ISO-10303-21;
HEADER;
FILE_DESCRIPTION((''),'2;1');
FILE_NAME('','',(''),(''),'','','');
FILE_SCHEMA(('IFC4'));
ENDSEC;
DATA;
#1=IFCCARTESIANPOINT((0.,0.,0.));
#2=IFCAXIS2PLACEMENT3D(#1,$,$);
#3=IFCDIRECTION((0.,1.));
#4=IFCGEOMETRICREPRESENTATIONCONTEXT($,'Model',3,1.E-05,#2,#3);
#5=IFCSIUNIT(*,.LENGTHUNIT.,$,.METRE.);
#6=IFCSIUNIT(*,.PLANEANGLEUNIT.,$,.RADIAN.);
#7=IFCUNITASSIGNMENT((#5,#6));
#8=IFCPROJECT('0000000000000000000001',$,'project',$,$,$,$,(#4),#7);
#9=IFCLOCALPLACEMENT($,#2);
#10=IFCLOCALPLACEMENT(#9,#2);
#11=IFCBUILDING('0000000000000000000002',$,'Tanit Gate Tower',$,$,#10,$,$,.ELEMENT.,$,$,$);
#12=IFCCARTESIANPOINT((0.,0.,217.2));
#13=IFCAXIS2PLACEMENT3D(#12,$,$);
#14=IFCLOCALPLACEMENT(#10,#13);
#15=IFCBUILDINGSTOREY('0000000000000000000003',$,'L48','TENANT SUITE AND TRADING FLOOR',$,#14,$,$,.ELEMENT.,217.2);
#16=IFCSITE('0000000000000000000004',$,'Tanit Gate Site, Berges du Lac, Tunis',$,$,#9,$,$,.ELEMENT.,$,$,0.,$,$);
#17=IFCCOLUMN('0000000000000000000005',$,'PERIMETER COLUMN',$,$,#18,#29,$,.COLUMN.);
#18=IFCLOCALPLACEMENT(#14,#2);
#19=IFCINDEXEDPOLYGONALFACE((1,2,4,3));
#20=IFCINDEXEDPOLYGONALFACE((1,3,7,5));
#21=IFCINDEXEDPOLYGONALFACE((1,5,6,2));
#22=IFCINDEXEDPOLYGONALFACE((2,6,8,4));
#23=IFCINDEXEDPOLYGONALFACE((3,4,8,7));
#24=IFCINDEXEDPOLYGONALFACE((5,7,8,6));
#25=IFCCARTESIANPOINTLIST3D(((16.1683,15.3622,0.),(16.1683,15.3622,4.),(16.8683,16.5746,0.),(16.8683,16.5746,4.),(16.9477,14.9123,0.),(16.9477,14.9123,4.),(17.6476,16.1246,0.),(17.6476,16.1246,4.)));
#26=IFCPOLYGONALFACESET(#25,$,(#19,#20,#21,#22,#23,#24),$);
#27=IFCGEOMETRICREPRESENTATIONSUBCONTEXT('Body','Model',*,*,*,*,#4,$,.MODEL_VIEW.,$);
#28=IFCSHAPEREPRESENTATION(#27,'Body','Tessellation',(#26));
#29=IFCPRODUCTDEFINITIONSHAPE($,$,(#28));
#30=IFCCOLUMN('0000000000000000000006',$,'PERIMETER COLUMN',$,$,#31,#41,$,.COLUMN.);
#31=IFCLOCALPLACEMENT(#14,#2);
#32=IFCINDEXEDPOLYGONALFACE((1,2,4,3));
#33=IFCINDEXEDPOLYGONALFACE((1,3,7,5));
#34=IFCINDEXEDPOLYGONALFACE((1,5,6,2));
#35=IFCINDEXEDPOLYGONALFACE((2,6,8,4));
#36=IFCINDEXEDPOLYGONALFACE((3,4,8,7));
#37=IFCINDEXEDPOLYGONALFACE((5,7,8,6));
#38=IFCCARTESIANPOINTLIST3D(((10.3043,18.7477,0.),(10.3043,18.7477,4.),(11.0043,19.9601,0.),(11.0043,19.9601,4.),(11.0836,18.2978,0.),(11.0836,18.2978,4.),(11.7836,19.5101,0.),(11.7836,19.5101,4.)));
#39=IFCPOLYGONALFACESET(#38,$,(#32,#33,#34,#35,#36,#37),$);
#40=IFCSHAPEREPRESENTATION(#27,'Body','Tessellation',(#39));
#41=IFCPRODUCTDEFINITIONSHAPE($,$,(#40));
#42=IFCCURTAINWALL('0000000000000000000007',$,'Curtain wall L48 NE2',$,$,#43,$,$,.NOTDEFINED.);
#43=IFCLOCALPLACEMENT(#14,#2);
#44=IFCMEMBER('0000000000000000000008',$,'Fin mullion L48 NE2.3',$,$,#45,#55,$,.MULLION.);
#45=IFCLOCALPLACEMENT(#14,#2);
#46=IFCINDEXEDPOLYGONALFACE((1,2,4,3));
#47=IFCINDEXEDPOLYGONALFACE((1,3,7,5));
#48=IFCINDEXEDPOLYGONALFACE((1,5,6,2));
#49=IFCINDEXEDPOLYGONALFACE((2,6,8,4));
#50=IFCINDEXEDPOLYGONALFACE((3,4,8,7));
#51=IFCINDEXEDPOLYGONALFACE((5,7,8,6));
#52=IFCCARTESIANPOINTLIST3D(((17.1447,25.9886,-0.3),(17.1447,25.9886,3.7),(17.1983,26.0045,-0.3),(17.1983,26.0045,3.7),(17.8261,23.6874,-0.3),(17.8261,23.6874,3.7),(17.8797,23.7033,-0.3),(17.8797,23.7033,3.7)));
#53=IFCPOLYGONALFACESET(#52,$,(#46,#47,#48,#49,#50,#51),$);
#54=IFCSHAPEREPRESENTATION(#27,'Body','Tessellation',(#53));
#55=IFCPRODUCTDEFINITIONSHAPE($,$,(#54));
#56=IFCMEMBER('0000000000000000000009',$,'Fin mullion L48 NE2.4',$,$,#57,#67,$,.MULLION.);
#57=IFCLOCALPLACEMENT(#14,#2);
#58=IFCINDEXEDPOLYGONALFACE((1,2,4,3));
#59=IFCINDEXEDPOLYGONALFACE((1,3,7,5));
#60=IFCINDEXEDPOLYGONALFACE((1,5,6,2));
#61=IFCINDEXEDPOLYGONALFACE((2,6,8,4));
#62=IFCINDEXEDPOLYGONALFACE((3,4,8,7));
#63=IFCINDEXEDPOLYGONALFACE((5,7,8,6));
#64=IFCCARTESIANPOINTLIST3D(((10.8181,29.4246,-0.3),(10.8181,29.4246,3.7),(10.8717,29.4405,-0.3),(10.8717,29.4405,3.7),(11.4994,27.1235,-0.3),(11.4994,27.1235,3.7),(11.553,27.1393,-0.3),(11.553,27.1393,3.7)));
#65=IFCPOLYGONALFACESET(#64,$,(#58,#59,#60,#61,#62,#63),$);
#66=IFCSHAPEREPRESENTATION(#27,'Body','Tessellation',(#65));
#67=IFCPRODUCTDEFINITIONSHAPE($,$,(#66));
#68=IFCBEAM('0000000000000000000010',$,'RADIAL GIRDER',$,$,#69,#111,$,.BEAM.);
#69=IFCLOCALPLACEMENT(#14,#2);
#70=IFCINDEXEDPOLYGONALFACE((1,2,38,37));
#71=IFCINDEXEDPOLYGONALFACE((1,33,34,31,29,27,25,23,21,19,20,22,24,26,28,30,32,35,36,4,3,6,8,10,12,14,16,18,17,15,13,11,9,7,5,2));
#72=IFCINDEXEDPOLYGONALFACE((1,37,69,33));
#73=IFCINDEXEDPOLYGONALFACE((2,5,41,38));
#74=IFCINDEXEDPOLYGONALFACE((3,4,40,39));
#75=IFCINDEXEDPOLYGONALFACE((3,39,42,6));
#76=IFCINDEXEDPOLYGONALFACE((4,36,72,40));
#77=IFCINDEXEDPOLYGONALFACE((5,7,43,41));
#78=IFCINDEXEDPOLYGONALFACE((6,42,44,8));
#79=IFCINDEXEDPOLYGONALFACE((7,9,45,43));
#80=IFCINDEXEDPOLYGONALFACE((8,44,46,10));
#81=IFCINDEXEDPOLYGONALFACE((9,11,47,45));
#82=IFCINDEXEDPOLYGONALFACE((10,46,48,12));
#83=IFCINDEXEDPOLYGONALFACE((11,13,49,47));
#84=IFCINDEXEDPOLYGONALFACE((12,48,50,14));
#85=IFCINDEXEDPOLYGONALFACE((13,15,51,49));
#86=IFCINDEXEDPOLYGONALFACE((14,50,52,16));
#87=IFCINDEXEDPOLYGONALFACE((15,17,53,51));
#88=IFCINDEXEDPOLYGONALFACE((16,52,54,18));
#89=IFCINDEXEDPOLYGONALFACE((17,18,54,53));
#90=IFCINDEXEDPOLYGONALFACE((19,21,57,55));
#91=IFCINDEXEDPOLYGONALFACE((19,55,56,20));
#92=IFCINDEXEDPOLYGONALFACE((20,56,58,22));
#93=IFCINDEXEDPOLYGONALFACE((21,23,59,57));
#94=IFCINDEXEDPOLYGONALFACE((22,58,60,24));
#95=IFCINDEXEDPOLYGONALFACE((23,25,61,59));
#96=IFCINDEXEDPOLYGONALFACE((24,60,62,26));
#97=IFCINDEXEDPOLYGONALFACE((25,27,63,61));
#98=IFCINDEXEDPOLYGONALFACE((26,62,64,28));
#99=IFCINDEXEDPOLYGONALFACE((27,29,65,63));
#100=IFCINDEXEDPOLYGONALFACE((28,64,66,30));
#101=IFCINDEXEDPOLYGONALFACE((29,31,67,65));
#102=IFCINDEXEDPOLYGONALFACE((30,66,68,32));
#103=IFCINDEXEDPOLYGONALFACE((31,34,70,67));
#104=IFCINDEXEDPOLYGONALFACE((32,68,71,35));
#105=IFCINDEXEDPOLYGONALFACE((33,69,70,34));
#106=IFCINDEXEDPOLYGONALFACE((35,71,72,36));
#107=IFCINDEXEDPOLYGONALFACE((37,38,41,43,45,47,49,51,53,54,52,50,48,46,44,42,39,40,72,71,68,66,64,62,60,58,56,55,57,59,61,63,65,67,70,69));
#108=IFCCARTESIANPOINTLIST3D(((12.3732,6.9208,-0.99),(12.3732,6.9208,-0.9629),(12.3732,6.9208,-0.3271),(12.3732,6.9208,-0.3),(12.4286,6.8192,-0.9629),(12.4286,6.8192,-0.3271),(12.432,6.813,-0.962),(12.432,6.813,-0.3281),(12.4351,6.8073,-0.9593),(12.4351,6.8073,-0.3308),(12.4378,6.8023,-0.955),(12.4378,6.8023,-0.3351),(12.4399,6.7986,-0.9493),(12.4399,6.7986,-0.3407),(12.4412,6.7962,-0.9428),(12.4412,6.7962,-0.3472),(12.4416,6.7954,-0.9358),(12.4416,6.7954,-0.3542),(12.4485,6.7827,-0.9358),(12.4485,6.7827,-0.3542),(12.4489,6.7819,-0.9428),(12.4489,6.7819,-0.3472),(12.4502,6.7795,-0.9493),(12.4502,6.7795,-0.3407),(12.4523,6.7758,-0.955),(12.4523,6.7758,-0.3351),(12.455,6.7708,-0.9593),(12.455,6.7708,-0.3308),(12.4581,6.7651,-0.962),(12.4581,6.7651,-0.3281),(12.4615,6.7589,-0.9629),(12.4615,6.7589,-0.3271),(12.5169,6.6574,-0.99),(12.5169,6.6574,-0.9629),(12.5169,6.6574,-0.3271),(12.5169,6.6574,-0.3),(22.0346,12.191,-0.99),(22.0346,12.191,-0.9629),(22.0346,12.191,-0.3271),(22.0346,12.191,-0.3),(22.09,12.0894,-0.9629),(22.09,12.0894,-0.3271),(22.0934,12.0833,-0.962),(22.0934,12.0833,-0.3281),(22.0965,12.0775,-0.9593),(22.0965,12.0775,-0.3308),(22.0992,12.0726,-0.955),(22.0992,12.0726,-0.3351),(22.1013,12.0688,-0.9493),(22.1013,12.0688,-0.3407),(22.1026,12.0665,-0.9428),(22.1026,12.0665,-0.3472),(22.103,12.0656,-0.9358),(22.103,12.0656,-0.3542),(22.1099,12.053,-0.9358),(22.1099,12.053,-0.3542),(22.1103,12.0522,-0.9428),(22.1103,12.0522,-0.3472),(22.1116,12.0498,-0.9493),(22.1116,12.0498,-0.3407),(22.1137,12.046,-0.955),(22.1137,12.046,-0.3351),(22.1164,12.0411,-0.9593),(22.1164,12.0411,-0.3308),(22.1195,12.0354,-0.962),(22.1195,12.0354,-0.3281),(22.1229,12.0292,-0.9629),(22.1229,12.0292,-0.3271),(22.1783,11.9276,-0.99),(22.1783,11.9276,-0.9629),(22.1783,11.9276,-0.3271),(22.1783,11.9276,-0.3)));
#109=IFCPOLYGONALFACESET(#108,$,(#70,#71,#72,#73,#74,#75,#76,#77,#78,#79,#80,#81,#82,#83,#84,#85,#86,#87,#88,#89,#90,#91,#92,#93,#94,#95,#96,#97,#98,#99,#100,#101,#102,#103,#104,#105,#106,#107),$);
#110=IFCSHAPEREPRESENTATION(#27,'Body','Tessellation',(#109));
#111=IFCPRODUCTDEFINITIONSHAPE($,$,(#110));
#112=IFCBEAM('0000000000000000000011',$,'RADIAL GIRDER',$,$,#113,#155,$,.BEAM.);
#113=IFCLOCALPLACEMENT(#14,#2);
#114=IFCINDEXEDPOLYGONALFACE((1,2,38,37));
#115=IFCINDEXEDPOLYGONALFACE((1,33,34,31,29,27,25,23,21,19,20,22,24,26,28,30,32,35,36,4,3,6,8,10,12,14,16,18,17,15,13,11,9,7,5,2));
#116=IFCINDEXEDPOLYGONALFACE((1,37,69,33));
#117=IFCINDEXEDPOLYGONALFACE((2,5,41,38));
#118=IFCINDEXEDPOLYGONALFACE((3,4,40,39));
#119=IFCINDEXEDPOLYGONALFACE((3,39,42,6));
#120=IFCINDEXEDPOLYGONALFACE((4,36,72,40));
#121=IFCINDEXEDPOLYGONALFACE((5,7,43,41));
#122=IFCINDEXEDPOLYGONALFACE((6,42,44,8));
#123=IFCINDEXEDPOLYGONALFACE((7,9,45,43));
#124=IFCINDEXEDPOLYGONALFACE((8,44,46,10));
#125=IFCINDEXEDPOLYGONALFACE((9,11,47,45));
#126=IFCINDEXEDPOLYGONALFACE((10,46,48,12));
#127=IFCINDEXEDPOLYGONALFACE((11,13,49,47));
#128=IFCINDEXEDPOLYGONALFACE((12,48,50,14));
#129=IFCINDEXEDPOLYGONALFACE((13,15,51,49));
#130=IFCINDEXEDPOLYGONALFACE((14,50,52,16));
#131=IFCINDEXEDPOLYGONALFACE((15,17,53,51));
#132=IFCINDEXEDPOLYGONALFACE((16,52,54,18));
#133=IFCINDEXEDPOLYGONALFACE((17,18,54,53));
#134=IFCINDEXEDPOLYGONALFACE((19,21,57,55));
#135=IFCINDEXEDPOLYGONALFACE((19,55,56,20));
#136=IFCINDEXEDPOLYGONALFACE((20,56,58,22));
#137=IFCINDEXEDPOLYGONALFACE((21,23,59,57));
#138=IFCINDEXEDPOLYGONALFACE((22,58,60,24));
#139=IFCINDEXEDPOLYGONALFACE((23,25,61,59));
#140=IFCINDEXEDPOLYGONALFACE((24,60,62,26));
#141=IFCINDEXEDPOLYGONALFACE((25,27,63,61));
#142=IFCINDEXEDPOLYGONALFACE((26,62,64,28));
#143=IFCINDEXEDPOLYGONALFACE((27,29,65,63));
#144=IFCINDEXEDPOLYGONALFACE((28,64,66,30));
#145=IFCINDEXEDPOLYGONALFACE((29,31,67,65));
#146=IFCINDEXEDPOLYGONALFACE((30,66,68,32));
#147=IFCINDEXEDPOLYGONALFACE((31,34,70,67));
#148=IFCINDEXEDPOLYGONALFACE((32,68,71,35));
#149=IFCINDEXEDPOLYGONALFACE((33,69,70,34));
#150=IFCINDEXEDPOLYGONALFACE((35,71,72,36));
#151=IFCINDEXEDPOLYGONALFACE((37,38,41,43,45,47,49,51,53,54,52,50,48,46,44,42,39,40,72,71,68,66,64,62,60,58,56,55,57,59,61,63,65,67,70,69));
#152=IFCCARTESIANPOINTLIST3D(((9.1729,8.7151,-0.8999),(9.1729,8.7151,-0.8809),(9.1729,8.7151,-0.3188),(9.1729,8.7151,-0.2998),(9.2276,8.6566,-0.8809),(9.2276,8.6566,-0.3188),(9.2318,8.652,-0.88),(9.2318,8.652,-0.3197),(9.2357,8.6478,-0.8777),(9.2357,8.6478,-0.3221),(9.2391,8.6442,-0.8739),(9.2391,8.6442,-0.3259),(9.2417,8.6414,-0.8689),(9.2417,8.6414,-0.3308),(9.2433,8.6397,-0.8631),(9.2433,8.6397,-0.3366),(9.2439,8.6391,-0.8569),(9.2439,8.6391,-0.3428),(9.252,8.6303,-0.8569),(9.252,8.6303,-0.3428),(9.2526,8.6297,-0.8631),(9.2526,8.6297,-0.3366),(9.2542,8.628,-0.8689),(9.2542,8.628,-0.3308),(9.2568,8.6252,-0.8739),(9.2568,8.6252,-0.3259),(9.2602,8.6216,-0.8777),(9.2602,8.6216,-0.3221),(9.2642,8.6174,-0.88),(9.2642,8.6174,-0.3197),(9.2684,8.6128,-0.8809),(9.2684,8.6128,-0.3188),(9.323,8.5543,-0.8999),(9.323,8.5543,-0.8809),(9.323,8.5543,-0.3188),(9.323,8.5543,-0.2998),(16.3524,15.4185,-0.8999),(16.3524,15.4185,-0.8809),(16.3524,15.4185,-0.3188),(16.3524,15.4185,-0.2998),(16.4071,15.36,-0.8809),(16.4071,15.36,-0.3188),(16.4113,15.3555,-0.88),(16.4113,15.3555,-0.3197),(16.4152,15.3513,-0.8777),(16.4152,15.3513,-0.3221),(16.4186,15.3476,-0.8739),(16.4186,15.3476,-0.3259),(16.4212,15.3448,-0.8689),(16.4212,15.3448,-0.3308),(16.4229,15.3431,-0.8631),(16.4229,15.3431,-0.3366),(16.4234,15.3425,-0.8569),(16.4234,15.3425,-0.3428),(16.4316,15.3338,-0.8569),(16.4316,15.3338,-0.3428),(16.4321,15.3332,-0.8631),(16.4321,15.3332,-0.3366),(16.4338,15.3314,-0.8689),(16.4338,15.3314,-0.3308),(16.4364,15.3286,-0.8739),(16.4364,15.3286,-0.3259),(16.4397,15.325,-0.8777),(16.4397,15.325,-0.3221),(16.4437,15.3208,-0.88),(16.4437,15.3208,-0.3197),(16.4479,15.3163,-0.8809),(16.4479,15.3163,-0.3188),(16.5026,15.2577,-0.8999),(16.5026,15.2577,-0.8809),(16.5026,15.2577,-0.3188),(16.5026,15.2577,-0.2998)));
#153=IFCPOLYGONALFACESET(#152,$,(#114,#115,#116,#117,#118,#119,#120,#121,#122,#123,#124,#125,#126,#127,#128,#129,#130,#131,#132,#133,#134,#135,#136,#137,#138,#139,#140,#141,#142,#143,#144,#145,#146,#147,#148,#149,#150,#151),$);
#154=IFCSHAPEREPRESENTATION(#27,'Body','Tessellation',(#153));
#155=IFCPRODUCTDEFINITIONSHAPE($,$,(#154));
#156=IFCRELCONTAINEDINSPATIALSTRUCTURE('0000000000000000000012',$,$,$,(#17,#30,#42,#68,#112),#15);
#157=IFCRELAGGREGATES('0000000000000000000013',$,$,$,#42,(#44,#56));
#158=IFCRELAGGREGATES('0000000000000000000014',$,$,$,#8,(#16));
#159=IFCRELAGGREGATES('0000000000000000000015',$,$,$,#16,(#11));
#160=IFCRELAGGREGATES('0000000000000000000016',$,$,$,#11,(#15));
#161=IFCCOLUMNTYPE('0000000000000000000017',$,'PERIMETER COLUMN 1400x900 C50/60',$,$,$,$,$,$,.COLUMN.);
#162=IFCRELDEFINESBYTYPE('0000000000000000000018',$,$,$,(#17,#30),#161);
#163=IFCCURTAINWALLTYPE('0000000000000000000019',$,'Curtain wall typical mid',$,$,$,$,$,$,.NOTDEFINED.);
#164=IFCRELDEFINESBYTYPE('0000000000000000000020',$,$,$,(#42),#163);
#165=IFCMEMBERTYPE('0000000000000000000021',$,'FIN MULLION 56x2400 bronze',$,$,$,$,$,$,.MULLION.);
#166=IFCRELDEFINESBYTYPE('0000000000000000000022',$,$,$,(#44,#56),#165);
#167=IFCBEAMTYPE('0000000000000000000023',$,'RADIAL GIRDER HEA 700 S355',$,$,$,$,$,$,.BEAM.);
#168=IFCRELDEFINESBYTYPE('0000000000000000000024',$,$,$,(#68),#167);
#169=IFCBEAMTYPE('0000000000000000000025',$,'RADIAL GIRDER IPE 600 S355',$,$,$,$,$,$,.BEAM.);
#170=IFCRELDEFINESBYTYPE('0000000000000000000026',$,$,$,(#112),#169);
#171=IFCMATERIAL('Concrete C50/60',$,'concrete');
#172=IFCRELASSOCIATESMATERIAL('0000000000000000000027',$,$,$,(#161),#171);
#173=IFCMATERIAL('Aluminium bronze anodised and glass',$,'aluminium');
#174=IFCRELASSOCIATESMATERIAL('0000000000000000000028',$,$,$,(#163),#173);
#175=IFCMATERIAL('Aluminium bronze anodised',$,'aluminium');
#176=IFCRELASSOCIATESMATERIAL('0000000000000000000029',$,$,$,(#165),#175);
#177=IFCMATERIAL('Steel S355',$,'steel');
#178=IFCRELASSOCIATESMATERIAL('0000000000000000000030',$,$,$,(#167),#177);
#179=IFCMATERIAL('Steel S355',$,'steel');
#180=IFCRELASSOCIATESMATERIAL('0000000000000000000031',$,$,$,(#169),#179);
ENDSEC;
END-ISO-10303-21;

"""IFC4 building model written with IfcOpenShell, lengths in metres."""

from ifc_helpers import new_model, si_unit, direction, frame, origin, origin_2d, place, context, subcontext, project, spatial, rectangle, i_section, extrude, material, material_profile, profile_set, type_object, element, aggregate, save


model = new_model("IFC4")

# Units and contexts
model_context = context("Model", 3, precision=1e-05, world=origin(), true_north=direction((0.0, 1.0)))
body_context = subcontext(model_context, "Body", "Model", "MODEL_VIEW")
ifc_project = project(units=[si_unit("LENGTHUNIT", "METRE"), si_unit("PLANEANGLEUNIT", "RADIAN")], contexts=[model_context])

# Site, building, storey
site_placement = place(None, origin())
site = spatial("IfcSite", under=ifc_project, at=site_placement, Name="Tanit Gate Site, Berges du Lac, Tunis", CompositionType="ELEMENT", RefElevation=0.0)
building_placement = place(site_placement, origin())
building = spatial("IfcBuilding", under=site, at=building_placement, Name="Tanit Gate Tower", CompositionType="ELEMENT")
storey_placement = place(building_placement, frame((0.0, 0.0, 217.2)))
storey = spatial("IfcBuildingStorey", under=building, at=storey_placement, Name="L48", Description="TENANT SUITE AND TRADING FLOOR", CompositionType="ELEMENT", Elevation=217.2)

# Columns
ifc_material_1 = material(Name="Concrete C50/60", Category="concrete")
ifc_material_profile_1 = material_profile(ifc_material_1, rectangle(XDim=1.3999, YDim=0.8999, at=origin_2d()), Name="RC 1400x900")
ifc_profile_set_1 = profile_set([ifc_material_profile_1], Name="Concrete C50/60")
column_type = type_object("IfcColumnType", Name="PERIMETER COLUMN 1400x900 C50/60", PredefinedType="COLUMN", material=ifc_profile_set_1)
for number, where, z_axis, x_axis, name in (
    (1, (16.908, 15.7434, 0.0), (0.0, 0.0, 1.0), (0.5, 0.866025, 0.0), "PERIMETER COLUMN"),
    (2, (11.0439, 19.1289, 0.0), (0.0, 0.0, 1.0), (0.5, 0.866025, 0.0), "PERIMETER COLUMN"),
):
    element("IfcColumn", number, at=place(storey_placement, frame(where, z_axis=z_axis, x_axis=x_axis)), inside=storey, type_object=column_type, Name=name, PredefinedType="COLUMN", context=body_context, shape_type="SweptSolid", body=[
        extrude(rectangle(XDim=1.3999, YDim=0.8999, at=origin_2d()), origin(), (0.0, 0.0, 1.0), 4.0),
    ])

# Curtain wall, members
ifc_material_2 = material(Name="Aluminium bronze anodised and glass", Category="aluminium")
curtain_wall_type = type_object("IfcCurtainWallType", Name="Curtain wall typical mid", PredefinedType="NOTDEFINED", material=ifc_material_2)
curtain_wall_placement = place(storey_placement, origin())
curtain_wall = element("IfcCurtainWall", 3, at=curtain_wall_placement, inside=storey, type_object=curtain_wall_type, Name="Curtain wall L48 NE2", PredefinedType="NOTDEFINED")
ifc_material_3 = material(Name="Aluminium bronze anodised", Category="aluminium")
ifc_material_profile_2 = material_profile(ifc_material_3, rectangle(XDim=2.3999, YDim=0.0559, at=origin_2d()), Name="56x2400 bronze fin mullion")
ifc_profile_set_2 = profile_set([ifc_material_profile_2], Name="Aluminium bronze anodised")
member_type_1 = type_object("IfcMemberType", Name="FIN MULLION 56x2400 bronze", PredefinedType="MULLION", material=ifc_profile_set_2)
member_1_placement = place(storey_placement, frame((17.5122, 24.8459, -0.3), z_axis=(0.0, 0.0, 1.0), x_axis=(0.283906, -0.958852, 0.0)))
member_1 = element("IfcMember", 4, at=member_1_placement, type_object=member_type_1, Name="Fin mullion L48 NE2.3", PredefinedType="MULLION", context=body_context, shape_type="SweptSolid", body=[
    extrude(rectangle(XDim=2.3999, YDim=0.0559, at=origin_2d()), origin(), (0.0, 0.0, 1.0), 4.0),
])
member_2_placement = place(storey_placement, frame((11.1855, 28.282, -0.3), z_axis=(0.0, 0.0, 1.0), x_axis=(0.283906, -0.958852, 0.0)))
member_2 = element("IfcMember", 5, at=member_2_placement, type_object=member_type_1, Name="Fin mullion L48 NE2.4", PredefinedType="MULLION", context=body_context, shape_type="SweptSolid", body=[
    extrude(rectangle(XDim=2.3999, YDim=0.0559, at=origin_2d()), origin(), (0.0, 0.0, 1.0), 4.0),
])

# Beams
ifc_material_4 = material(Name="Steel S355", Category="steel")
ifc_material_profile_3 = material_profile(ifc_material_4, i_section(OverallWidth=0.3, OverallDepth=0.6899, WebThickness=0.0144, FlangeThickness=0.0271, FilletRadius=0.0271, at=origin_2d()), Name="HEA 700")
ifc_profile_set_3 = profile_set([ifc_material_profile_3], Name="Steel S355")
beam_type_1 = type_object("IfcBeamType", Name="RADIAL GIRDER HEA 700 S355", PredefinedType="BEAM", material=ifc_profile_set_3)
beam_1_placement = place(storey_placement, frame((22.1064, 12.0593, -0.645), z_axis=(-0.877879, -0.478882, 0.0), x_axis=(0.478882, -0.877879, 0.0)))
element("IfcBeam", 6, at=beam_1_placement, inside=storey, type_object=beam_type_1, Name="RADIAL GIRDER", PredefinedType="BEAM", context=body_context, shape_type="SweptSolid", body=[
    extrude(i_section(OverallWidth=0.3, OverallDepth=0.6899, WebThickness=0.0144, FlangeThickness=0.0271, FilletRadius=0.0271, at=origin_2d()), origin(), (0.0, 0.0, 1.0), 11.0054),
])
ifc_material_5 = material(Name="Steel S355", Category="steel")
ifc_material_profile_4 = material_profile(ifc_material_5, i_section(OverallWidth=0.22, OverallDepth=0.6001, WebThickness=0.012, FlangeThickness=0.019, FilletRadius=0.0239, at=origin_2d()), Name="IPE 600")
ifc_profile_set_4 = profile_set([ifc_material_profile_4], Name="Steel S355")
beam_type_2 = type_object("IfcBeamType", Name="RADIAL GIRDER IPE 600 S355", PredefinedType="BEAM", material=ifc_profile_set_4)
beam_2_placement = place(storey_placement, frame((16.4275, 15.3381, -0.5999), z_axis=(-0.730925, -0.682457, 0.0), x_axis=(0.682457, -0.730925, 0.0)))
element("IfcBeam", 7, at=beam_2_placement, inside=storey, type_object=beam_type_2, Name="RADIAL GIRDER", PredefinedType="BEAM", context=body_context, shape_type="SweptSolid", body=[
    extrude(i_section(OverallWidth=0.22, OverallDepth=0.6001, WebThickness=0.012, FlangeThickness=0.019, FilletRadius=0.0239, at=origin_2d()), origin(), (0.0, 0.0, 1.0), 9.8225),
])

aggregate(curtain_wall, [member_1, member_2])

save(model, "model.ifc")
